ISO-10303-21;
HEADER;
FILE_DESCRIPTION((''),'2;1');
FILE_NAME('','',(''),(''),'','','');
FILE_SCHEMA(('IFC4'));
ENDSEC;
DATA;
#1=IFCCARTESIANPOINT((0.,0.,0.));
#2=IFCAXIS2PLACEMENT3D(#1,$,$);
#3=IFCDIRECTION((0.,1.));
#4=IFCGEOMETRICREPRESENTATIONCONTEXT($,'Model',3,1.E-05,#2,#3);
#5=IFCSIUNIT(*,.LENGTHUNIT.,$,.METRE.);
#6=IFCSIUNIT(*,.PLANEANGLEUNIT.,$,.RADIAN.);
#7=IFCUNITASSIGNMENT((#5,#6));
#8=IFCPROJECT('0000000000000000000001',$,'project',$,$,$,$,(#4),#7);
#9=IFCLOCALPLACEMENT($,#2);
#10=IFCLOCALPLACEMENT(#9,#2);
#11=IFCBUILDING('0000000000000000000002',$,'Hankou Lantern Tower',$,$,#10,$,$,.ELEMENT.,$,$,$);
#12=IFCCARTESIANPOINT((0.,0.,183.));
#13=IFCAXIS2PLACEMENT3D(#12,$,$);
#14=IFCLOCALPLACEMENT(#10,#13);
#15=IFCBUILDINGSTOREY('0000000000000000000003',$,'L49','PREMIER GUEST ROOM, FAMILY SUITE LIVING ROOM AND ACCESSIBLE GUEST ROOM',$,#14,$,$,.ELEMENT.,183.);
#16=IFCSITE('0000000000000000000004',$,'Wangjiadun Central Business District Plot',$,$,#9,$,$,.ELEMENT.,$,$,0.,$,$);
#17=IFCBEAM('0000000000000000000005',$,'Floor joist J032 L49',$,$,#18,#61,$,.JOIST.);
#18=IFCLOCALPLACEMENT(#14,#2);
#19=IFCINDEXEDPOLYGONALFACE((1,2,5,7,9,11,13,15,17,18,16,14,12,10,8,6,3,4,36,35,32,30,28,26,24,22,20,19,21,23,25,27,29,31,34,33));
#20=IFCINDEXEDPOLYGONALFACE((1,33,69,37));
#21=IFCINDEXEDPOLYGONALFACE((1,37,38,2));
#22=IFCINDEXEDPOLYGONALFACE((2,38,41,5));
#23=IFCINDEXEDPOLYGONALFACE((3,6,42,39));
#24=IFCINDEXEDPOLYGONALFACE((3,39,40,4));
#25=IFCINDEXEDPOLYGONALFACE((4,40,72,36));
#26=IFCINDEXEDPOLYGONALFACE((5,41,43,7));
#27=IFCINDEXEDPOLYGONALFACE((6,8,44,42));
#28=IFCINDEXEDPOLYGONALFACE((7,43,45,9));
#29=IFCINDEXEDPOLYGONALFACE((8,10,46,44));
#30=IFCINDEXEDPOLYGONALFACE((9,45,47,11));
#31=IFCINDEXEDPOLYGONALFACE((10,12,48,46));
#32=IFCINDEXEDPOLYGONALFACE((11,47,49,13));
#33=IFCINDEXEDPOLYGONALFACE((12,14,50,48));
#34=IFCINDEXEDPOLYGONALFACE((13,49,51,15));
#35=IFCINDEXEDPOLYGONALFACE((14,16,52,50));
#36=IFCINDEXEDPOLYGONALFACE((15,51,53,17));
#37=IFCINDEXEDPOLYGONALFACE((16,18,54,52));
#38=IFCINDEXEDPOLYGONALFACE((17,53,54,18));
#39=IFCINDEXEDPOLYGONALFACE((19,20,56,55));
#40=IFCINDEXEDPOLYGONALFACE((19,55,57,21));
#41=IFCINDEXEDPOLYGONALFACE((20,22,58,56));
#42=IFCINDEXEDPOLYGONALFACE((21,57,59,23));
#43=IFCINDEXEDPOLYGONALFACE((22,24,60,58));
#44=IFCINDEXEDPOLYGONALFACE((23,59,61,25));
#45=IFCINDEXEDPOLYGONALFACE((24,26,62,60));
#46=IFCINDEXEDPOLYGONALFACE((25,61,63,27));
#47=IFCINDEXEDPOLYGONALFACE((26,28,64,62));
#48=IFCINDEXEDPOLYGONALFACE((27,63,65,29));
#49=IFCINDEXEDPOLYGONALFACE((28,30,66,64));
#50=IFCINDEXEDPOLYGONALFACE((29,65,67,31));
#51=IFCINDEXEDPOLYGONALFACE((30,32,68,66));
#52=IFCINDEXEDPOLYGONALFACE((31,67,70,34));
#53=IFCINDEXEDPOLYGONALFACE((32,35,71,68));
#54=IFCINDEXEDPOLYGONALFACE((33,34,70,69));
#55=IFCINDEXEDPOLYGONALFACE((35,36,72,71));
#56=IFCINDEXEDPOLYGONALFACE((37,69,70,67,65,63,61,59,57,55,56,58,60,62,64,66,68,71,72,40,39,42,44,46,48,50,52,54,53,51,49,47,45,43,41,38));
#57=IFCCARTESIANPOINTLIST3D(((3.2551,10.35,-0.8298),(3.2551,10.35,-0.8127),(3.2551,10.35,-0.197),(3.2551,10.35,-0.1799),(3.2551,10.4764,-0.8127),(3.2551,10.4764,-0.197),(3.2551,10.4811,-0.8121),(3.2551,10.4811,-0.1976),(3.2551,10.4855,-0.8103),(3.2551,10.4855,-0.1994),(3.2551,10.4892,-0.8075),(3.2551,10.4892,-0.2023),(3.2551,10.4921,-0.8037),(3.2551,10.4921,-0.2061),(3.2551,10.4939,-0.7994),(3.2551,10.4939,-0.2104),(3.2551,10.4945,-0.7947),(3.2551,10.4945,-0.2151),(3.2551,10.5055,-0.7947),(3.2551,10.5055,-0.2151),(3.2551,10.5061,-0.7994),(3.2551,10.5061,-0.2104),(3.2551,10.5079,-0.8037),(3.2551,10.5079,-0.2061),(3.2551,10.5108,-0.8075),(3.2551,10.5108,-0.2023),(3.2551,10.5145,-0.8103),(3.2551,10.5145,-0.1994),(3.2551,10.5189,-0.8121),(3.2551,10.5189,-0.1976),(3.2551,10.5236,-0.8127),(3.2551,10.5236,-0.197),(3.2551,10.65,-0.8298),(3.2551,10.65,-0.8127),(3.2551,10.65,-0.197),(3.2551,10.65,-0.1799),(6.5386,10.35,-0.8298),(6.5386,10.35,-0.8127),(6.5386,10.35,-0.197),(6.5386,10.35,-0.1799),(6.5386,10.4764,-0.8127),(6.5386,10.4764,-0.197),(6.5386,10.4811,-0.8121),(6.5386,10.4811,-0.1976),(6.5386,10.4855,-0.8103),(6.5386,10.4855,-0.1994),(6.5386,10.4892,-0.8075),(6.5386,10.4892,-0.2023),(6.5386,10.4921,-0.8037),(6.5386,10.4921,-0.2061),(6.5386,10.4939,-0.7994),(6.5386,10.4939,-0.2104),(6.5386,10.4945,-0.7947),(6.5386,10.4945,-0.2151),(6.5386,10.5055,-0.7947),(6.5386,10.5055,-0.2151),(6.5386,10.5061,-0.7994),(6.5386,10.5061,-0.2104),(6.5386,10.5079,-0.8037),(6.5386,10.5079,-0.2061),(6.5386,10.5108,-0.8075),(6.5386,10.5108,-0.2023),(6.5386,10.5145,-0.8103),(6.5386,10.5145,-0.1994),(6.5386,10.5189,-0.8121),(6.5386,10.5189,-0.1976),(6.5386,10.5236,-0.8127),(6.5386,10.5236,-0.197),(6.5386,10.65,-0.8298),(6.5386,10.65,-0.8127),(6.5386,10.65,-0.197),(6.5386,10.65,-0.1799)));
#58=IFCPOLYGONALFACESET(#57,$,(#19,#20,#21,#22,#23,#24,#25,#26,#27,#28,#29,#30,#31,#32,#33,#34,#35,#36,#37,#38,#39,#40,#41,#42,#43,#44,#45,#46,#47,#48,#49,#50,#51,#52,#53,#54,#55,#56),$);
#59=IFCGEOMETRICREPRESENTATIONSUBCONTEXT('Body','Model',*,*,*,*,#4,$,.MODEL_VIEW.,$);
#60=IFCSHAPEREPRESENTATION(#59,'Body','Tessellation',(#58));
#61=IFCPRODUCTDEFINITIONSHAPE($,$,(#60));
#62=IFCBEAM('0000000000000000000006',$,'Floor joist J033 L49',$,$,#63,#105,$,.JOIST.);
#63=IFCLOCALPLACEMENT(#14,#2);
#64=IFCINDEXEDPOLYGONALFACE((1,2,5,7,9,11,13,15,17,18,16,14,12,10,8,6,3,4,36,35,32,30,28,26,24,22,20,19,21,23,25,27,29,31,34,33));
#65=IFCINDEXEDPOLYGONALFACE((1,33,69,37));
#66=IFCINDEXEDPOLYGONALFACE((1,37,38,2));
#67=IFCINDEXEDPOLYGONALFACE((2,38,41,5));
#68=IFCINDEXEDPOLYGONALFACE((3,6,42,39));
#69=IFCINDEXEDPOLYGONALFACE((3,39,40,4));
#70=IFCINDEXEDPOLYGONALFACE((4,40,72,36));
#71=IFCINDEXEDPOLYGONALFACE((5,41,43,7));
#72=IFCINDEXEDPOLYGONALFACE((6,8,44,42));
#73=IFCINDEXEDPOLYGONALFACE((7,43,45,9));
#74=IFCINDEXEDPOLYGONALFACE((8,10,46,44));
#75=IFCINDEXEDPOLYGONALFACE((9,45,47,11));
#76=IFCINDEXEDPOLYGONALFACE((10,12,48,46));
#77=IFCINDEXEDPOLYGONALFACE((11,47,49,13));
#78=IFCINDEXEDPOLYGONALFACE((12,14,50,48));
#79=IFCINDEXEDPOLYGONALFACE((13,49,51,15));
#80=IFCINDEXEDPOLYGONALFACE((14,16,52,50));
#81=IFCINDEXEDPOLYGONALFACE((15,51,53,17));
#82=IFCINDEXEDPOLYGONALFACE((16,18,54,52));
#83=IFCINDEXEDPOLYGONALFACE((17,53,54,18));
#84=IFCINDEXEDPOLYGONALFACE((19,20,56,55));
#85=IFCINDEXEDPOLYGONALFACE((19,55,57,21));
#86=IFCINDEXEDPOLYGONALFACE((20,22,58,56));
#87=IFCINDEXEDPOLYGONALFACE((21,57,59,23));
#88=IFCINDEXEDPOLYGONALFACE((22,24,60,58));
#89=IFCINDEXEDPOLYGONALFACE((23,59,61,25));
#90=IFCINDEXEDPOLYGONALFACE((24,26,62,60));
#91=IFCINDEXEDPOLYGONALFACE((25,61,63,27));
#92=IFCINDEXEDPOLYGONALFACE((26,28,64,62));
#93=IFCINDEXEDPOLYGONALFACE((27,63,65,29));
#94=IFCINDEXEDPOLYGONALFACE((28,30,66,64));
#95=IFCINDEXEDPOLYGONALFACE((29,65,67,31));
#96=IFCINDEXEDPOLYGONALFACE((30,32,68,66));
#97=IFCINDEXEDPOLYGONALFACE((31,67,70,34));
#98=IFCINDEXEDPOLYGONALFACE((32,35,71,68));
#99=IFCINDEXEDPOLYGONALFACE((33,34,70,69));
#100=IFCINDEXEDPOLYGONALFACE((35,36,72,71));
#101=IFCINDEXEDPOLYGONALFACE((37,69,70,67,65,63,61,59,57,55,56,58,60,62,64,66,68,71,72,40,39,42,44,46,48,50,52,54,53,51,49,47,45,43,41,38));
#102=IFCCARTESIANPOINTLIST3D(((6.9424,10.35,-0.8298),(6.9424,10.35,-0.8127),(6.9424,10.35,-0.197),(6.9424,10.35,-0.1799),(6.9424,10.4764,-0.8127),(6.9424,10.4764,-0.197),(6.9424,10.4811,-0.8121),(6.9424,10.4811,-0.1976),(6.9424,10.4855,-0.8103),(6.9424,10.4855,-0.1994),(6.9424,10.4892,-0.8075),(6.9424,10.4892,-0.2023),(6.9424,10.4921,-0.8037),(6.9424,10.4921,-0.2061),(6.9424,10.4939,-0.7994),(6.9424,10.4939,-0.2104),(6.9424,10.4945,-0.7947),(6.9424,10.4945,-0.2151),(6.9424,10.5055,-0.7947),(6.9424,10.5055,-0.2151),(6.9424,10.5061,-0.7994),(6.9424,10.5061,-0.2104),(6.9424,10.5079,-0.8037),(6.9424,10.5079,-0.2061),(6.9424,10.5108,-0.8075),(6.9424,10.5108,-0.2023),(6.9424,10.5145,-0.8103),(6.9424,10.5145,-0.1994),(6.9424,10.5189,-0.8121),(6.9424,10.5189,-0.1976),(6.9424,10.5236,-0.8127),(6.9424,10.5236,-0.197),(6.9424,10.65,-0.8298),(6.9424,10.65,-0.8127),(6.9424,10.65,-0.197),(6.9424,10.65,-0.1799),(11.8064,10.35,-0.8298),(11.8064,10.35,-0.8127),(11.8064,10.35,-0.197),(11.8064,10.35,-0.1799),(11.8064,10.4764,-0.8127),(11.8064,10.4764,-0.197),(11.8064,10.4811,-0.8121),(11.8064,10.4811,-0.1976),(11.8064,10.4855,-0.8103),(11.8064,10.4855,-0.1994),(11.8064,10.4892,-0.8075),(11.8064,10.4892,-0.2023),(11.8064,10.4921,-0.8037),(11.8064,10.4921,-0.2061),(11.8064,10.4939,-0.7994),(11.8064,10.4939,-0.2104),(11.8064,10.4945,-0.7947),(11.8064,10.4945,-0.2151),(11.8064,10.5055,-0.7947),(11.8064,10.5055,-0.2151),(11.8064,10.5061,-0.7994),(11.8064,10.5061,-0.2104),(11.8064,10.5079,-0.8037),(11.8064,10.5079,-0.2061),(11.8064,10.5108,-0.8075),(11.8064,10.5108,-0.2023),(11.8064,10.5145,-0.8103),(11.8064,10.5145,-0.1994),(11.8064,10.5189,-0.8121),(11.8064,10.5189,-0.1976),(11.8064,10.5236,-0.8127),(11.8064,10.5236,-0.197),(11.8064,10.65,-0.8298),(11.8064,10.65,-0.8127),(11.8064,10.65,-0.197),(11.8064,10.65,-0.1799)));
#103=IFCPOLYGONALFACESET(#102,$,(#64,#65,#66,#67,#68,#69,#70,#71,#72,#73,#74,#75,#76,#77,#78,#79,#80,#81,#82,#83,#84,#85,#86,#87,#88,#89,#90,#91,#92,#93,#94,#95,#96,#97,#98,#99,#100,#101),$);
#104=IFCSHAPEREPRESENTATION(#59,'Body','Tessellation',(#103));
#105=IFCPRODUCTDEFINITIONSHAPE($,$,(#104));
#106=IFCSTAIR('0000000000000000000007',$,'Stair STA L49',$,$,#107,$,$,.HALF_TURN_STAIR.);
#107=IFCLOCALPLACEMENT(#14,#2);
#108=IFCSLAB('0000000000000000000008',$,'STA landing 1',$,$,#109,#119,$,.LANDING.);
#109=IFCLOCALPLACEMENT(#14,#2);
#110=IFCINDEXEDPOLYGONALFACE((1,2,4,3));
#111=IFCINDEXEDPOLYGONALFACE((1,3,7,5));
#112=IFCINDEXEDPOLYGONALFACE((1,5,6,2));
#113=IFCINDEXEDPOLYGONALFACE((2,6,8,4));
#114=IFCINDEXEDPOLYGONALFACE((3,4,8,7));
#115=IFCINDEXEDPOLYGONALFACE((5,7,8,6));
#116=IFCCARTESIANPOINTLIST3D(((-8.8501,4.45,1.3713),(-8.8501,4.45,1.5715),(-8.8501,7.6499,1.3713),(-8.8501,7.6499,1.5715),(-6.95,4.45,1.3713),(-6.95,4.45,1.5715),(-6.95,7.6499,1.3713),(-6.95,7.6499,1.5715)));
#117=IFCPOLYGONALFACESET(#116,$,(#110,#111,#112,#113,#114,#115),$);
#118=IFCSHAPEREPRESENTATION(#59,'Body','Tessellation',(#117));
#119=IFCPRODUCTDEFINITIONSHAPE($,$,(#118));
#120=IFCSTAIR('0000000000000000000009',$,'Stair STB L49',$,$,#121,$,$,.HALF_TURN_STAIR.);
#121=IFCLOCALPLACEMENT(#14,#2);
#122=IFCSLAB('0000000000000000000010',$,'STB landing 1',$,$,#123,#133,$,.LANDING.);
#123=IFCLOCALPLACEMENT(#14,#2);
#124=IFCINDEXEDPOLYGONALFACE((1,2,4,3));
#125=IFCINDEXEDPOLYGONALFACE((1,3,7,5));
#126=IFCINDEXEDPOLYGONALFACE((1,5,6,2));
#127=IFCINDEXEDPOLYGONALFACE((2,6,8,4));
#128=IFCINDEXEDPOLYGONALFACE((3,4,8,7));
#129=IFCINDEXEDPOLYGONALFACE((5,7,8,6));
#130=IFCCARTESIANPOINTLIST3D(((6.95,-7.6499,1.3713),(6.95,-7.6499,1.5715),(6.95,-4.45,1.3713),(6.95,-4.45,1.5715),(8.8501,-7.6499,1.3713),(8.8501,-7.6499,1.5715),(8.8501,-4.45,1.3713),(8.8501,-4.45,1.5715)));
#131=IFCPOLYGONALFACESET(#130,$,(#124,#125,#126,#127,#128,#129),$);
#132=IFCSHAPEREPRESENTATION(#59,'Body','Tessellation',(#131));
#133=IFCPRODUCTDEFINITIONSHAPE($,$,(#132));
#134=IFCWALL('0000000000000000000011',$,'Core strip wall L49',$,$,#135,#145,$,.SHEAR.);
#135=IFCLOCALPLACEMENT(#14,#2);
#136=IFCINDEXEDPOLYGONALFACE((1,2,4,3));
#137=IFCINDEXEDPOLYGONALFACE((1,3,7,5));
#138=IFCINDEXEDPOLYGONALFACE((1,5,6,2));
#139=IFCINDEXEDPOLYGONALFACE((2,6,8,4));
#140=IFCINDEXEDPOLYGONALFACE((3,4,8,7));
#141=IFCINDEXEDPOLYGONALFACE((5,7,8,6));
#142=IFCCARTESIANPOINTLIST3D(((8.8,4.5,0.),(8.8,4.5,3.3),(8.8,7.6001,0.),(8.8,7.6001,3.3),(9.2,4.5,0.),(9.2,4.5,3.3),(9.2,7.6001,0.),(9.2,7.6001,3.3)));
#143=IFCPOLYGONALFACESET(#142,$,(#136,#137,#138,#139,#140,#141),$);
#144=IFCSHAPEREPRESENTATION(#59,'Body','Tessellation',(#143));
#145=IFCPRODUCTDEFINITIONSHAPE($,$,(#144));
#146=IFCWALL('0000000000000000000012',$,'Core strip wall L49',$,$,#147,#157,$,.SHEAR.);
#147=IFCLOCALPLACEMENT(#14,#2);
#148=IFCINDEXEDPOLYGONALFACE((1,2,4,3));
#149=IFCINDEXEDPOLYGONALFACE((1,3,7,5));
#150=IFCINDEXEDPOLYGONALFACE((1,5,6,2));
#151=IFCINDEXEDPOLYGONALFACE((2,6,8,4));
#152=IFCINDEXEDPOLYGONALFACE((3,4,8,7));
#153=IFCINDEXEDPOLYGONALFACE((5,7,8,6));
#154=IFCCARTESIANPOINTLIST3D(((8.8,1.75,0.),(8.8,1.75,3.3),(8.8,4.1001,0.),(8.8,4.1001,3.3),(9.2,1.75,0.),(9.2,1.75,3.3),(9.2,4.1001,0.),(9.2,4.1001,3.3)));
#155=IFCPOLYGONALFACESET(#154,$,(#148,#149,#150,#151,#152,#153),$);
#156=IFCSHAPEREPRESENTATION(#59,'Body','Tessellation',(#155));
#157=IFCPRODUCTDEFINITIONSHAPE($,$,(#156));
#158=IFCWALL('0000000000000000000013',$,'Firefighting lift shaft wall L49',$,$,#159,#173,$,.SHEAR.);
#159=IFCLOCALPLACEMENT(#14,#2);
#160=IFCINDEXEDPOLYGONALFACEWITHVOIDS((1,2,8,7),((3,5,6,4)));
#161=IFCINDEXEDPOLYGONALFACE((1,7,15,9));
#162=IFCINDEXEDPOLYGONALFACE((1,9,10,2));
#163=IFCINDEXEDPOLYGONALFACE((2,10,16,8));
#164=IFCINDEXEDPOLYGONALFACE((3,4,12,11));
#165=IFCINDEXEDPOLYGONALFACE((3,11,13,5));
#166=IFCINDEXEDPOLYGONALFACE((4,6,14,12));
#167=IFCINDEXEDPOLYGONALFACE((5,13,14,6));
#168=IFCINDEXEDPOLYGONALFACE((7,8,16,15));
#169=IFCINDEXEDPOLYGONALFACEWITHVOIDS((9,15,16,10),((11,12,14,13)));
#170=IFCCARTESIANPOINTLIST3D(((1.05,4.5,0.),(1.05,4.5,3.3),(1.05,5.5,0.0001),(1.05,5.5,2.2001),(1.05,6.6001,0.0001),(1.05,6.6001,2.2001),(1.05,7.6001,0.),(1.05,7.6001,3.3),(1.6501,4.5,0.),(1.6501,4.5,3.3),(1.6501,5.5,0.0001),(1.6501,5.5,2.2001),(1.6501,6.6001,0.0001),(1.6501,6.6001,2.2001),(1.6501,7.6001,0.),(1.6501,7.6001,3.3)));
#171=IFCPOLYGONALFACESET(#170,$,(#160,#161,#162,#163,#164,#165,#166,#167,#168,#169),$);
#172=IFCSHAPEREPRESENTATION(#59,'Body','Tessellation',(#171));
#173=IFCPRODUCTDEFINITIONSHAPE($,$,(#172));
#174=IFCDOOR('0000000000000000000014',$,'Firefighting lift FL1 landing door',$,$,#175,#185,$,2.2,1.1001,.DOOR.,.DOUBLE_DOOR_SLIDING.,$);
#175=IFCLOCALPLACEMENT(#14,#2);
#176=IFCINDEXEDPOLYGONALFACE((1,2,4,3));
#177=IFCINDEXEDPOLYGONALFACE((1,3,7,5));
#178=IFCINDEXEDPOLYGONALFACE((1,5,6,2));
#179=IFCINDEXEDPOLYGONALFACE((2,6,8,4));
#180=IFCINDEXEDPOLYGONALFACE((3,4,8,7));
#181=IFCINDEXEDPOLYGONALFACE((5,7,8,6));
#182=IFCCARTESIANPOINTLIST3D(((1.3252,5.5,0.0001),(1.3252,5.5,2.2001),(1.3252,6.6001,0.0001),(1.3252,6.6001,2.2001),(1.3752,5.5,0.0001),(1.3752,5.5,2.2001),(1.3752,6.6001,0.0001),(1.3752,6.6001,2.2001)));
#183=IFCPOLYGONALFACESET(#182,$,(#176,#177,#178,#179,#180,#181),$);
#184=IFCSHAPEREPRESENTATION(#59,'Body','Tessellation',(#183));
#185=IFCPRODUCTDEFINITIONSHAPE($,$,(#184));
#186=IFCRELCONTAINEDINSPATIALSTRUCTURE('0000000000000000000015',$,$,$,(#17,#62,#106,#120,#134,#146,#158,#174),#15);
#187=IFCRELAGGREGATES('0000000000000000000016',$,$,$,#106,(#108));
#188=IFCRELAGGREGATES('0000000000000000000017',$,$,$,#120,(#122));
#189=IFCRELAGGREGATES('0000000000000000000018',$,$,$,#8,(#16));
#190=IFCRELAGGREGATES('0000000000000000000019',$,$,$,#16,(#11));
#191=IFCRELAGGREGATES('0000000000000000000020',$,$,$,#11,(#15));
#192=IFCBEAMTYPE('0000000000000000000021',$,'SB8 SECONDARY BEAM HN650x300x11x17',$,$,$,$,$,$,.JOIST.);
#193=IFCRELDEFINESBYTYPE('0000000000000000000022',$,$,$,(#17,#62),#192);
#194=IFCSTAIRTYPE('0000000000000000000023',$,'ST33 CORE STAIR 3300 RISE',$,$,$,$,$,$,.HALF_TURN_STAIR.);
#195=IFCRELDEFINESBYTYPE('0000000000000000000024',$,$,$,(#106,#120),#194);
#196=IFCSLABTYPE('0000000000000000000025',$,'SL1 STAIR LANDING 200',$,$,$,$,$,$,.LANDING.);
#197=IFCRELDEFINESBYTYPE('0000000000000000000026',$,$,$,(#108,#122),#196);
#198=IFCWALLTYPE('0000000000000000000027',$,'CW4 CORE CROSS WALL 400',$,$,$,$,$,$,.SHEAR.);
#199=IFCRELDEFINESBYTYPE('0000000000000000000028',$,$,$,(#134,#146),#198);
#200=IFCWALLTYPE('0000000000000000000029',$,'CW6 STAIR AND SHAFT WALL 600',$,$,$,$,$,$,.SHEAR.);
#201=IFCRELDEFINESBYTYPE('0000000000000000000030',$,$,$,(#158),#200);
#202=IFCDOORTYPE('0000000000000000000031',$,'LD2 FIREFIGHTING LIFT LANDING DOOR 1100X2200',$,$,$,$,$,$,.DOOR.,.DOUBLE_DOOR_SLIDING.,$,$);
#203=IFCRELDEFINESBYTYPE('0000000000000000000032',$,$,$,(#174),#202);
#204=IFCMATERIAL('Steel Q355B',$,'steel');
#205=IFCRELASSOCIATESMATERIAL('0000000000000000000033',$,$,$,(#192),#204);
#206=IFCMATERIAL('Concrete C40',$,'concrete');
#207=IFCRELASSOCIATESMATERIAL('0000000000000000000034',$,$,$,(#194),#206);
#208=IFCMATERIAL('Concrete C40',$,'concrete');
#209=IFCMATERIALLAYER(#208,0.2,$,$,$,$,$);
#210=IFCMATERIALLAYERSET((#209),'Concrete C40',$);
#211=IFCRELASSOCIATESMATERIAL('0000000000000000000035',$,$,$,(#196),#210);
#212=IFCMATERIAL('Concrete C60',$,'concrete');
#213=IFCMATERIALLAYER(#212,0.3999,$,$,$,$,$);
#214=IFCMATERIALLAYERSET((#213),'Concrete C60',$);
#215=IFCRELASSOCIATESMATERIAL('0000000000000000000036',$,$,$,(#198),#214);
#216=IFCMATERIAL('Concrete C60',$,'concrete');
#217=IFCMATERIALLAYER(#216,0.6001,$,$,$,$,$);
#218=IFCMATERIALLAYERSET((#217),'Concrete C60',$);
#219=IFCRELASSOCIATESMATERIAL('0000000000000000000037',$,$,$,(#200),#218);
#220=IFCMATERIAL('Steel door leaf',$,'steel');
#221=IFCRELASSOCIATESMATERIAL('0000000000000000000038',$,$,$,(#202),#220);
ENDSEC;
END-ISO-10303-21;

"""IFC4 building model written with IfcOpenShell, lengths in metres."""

from ifc_helpers import new_model, si_unit, direction, frame, frame_2d, origin, origin_2d, place, context, subcontext, project, spatial, polyline, rectangle, i_section, outline, extrude, material, layer, layer_set, material_profile, profile_set, type_object, element, fill, aggregate, save


model = new_model("IFC4")

# Units and contexts
model_context = context("Model", 3, precision=1e-05, world=origin(), true_north=direction((0.0, 1.0)))
body_context = subcontext(model_context, "Body", "Model", "MODEL_VIEW")
ifc_project = project(units=[si_unit("LENGTHUNIT", "METRE"), si_unit("PLANEANGLEUNIT", "RADIAN")], contexts=[model_context])

# Site, building, storey
site_placement = place(None, origin())
site = spatial("IfcSite", under=ifc_project, at=site_placement, Name="Wangjiadun Central Business District Plot", CompositionType="ELEMENT", RefElevation=0.0)
building_placement = place(site_placement, origin())
building = spatial("IfcBuilding", under=site, at=building_placement, Name="Hankou Lantern Tower", CompositionType="ELEMENT")
storey_placement = place(building_placement, frame((0.0, 0.0, 183.0)))
storey = spatial("IfcBuildingStorey", under=building, at=storey_placement, Name="L49", Description="PREMIER GUEST ROOM, FAMILY SUITE LIVING ROOM AND ACCESSIBLE GUEST ROOM", CompositionType="ELEMENT", Elevation=183.0)

# Beams
ifc_material_1 = material(Name="Steel Q355B", Category="steel")
ifc_material_profile_1 = material_profile(ifc_material_1, i_section(OverallWidth=0.3, OverallDepth=0.6499, WebThickness=0.011, FlangeThickness=0.0171, FilletRadius=0.0181, at=origin_2d()), Name="HN650x300x11x17")
ifc_profile_set_1 = profile_set([ifc_material_profile_1], Name="Steel Q355B")
beam_type_1 = type_object("IfcBeamType", Name="SB8 SECONDARY BEAM HN650x300x11x17", PredefinedType="JOIST", material=ifc_profile_set_1)
beam_1_placement = place(storey_placement, frame((3.2551, 10.5, -0.5049), z_axis=(1.0, 0.0, 0.0), x_axis=(0.0, 1.0, 0.0)))
element("IfcBeam", 1, at=beam_1_placement, inside=storey, type_object=beam_type_1, Name="Floor joist J032 L49", PredefinedType="JOIST", context=body_context, shape_type="SweptSolid", body=[
    extrude(i_section(OverallWidth=0.3, OverallDepth=0.6499, WebThickness=0.011, FlangeThickness=0.0171, FilletRadius=0.0181, at=origin_2d()), origin(), (0.0, 0.0, 1.0), 3.2834),
])
beam_2_placement = place(storey_placement, frame((6.9424, 10.5, -0.5049), z_axis=(1.0, 0.0, 0.0), x_axis=(0.0, 1.0, 0.0)))
element("IfcBeam", 2, at=beam_2_placement, inside=storey, type_object=beam_type_1, Name="Floor joist J033 L49", PredefinedType="JOIST", context=body_context, shape_type="SweptSolid", body=[
    extrude(i_section(OverallWidth=0.3, OverallDepth=0.6499, WebThickness=0.011, FlangeThickness=0.0171, FilletRadius=0.0181, at=origin_2d()), origin(), (0.0, 0.0, 1.0), 4.864),
])

# Stairs, slabs
ifc_material_2 = material(Name="Concrete C40", Category="concrete")
stair_type = type_object("IfcStairType", Name="ST33 CORE STAIR 3300 RISE", PredefinedType="HALF_TURN_STAIR", material=ifc_material_2)
stair_1_placement = place(storey_placement, origin())
stair_1 = element("IfcStair", 3, at=stair_1_placement, inside=storey, type_object=stair_type, Name="Stair STA L49", PredefinedType="HALF_TURN_STAIR")
ifc_material_3 = material(Name="Concrete C40", Category="concrete")
ifc_layer_1 = layer(ifc_material_3, 0.2)
ifc_layer_set_1 = layer_set([ifc_layer_1], Name="Concrete C40")
slab_type = type_object("IfcSlabType", Name="SL1 STAIR LANDING 200", PredefinedType="LANDING", material=ifc_layer_set_1)
slab_1_placement = place(storey_placement, frame((0.0, 0.0, 1.3713)))
slab_1 = element("IfcSlab", 4, at=slab_1_placement, type_object=slab_type, Name="STA landing 1", PredefinedType="LANDING", context=body_context, shape_type="SweptSolid", body=[
    extrude(outline(polyline([(-8.8501, 4.45), (-6.95, 4.45), (-6.95, 7.6499), (-8.8501, 7.6499), (-8.8501, 4.45)])), origin(), (0.0, 0.0, 1.0), 0.2002),
])
aggregate(stair_1, [slab_1])
stair_2_placement = place(storey_placement, origin())
stair_2 = element("IfcStair", 5, at=stair_2_placement, inside=storey, type_object=stair_type, Name="Stair STB L49", PredefinedType="HALF_TURN_STAIR")
slab_2_placement = place(storey_placement, frame((0.0, 0.0, 1.3713)))
slab_2 = element("IfcSlab", 6, at=slab_2_placement, type_object=slab_type, Name="STB landing 1", PredefinedType="LANDING", context=body_context, shape_type="SweptSolid", body=[
    extrude(outline(polyline([(8.8501, -4.45), (6.95, -4.45), (6.95, -7.6499), (8.8501, -7.6499), (8.8501, -4.45)])), origin(), (0.0, 0.0, 1.0), 0.2002),
])
aggregate(stair_2, [slab_2])

# Walls
ifc_material_4 = material(Name="Concrete C60", Category="concrete")
ifc_layer_2 = layer(ifc_material_4, 0.3999)
ifc_layer_set_2 = layer_set([ifc_layer_2], Name="Concrete C60")
wall_type_1 = type_object("IfcWallType", Name="CW4 CORE CROSS WALL 400", PredefinedType="SHEAR", material=ifc_layer_set_2)
wall_1_placement = place(storey_placement, frame((9.0, 4.5, 0.0), z_axis=(0.0, 0.0, 1.0), x_axis=(0.0, 1.0, 0.0)))
element("IfcWall", 7, at=wall_1_placement, inside=storey, type_object=wall_type_1, Name="Core strip wall L49", PredefinedType="SHEAR", context=body_context, shape_type="SweptSolid", body=[
    extrude(rectangle(XDim=3.1001, YDim=0.3999, at=frame_2d((1.55, 0.0))), origin(), (0.0, 0.0, 1.0), 3.3),
])
wall_2_placement = place(storey_placement, frame((9.0, 1.75, 0.0), z_axis=(0.0, 0.0, 1.0), x_axis=(0.0, 1.0, 0.0)))
element("IfcWall", 8, at=wall_2_placement, inside=storey, type_object=wall_type_1, Name="Core strip wall L49", PredefinedType="SHEAR", context=body_context, shape_type="SweptSolid", body=[
    extrude(rectangle(XDim=2.3501, YDim=0.3999, at=frame_2d((1.175, 0.0))), origin(), (0.0, 0.0, 1.0), 3.3),
])

# Wall, opening, door
ifc_material_5 = material(Name="Concrete C60", Category="concrete")
ifc_layer_3 = layer(ifc_material_5, 0.6001)
ifc_layer_set_3 = layer_set([ifc_layer_3], Name="Concrete C60")
wall_type_2 = type_object("IfcWallType", Name="CW6 STAIR AND SHAFT WALL 600", PredefinedType="SHEAR", material=ifc_layer_set_3)
wall_3_placement = place(storey_placement, frame((1.3501, 4.5, 0.0), z_axis=(0.0, 0.0, 1.0), x_axis=(0.0, 1.0, 0.0)))
wall_3 = element("IfcWall", 9, at=wall_3_placement, inside=storey, type_object=wall_type_2, Name="Firefighting lift shaft wall L49", PredefinedType="SHEAR", context=body_context, shape_type="SweptSolid", body=[
    extrude(rectangle(XDim=3.1001, YDim=0.6001, at=frame_2d((1.55, 0.0))), origin(), (0.0, 0.0, 1.0), 3.3),
])
opening_1_placement = place(wall_3_placement, frame((1.0, 0.0, 0.0)))
opening_1 = element("IfcOpeningElement", 10, at=opening_1_placement, cuts=wall_3, PredefinedType="OPENING", context=body_context, shape_type="SweptSolid", body=[
    extrude(rectangle(XDim=1.1001, YDim=2.2, at=frame_2d((0.55, 1.1001))), frame((0.0, 0.3101, 0.0), z_axis=(0.0, -1.0, 0.0), x_axis=(1.0, 0.0, 0.0)), (0.0, 0.0, 1.0), 0.6201),
])
ifc_material_6 = material(Name="Steel door leaf", Category="steel")
door_type_1 = type_object("IfcDoorType", Name="LD2 FIREFIGHTING LIFT LANDING DOOR 1100X2200", OperationType="DOUBLE_DOOR_SLIDING", PredefinedType="DOOR", material=ifc_material_6)
door_1_placement = place(opening_1_placement, origin())
door_1 = element("IfcDoor", 11, at=door_1_placement, inside=storey, type_object=door_type_1, Name="Firefighting lift FL1 landing door", OperationType="DOUBLE_DOOR_SLIDING", OverallHeight=2.2, OverallWidth=1.1001, PredefinedType="DOOR", context=body_context, shape_type="SweptSolid", body=[
    extrude(rectangle(XDim=1.1001, YDim=2.2, at=frame_2d((0.55, 1.1001))), frame((0.0, 0.0249, 0.0), z_axis=(0.0, -1.0, 0.0), x_axis=(1.0, 0.0, 0.0)), (0.0, 0.0, 1.0), 0.05),
])
fill(opening_1, door_1)

save(model, "model.ifc")
